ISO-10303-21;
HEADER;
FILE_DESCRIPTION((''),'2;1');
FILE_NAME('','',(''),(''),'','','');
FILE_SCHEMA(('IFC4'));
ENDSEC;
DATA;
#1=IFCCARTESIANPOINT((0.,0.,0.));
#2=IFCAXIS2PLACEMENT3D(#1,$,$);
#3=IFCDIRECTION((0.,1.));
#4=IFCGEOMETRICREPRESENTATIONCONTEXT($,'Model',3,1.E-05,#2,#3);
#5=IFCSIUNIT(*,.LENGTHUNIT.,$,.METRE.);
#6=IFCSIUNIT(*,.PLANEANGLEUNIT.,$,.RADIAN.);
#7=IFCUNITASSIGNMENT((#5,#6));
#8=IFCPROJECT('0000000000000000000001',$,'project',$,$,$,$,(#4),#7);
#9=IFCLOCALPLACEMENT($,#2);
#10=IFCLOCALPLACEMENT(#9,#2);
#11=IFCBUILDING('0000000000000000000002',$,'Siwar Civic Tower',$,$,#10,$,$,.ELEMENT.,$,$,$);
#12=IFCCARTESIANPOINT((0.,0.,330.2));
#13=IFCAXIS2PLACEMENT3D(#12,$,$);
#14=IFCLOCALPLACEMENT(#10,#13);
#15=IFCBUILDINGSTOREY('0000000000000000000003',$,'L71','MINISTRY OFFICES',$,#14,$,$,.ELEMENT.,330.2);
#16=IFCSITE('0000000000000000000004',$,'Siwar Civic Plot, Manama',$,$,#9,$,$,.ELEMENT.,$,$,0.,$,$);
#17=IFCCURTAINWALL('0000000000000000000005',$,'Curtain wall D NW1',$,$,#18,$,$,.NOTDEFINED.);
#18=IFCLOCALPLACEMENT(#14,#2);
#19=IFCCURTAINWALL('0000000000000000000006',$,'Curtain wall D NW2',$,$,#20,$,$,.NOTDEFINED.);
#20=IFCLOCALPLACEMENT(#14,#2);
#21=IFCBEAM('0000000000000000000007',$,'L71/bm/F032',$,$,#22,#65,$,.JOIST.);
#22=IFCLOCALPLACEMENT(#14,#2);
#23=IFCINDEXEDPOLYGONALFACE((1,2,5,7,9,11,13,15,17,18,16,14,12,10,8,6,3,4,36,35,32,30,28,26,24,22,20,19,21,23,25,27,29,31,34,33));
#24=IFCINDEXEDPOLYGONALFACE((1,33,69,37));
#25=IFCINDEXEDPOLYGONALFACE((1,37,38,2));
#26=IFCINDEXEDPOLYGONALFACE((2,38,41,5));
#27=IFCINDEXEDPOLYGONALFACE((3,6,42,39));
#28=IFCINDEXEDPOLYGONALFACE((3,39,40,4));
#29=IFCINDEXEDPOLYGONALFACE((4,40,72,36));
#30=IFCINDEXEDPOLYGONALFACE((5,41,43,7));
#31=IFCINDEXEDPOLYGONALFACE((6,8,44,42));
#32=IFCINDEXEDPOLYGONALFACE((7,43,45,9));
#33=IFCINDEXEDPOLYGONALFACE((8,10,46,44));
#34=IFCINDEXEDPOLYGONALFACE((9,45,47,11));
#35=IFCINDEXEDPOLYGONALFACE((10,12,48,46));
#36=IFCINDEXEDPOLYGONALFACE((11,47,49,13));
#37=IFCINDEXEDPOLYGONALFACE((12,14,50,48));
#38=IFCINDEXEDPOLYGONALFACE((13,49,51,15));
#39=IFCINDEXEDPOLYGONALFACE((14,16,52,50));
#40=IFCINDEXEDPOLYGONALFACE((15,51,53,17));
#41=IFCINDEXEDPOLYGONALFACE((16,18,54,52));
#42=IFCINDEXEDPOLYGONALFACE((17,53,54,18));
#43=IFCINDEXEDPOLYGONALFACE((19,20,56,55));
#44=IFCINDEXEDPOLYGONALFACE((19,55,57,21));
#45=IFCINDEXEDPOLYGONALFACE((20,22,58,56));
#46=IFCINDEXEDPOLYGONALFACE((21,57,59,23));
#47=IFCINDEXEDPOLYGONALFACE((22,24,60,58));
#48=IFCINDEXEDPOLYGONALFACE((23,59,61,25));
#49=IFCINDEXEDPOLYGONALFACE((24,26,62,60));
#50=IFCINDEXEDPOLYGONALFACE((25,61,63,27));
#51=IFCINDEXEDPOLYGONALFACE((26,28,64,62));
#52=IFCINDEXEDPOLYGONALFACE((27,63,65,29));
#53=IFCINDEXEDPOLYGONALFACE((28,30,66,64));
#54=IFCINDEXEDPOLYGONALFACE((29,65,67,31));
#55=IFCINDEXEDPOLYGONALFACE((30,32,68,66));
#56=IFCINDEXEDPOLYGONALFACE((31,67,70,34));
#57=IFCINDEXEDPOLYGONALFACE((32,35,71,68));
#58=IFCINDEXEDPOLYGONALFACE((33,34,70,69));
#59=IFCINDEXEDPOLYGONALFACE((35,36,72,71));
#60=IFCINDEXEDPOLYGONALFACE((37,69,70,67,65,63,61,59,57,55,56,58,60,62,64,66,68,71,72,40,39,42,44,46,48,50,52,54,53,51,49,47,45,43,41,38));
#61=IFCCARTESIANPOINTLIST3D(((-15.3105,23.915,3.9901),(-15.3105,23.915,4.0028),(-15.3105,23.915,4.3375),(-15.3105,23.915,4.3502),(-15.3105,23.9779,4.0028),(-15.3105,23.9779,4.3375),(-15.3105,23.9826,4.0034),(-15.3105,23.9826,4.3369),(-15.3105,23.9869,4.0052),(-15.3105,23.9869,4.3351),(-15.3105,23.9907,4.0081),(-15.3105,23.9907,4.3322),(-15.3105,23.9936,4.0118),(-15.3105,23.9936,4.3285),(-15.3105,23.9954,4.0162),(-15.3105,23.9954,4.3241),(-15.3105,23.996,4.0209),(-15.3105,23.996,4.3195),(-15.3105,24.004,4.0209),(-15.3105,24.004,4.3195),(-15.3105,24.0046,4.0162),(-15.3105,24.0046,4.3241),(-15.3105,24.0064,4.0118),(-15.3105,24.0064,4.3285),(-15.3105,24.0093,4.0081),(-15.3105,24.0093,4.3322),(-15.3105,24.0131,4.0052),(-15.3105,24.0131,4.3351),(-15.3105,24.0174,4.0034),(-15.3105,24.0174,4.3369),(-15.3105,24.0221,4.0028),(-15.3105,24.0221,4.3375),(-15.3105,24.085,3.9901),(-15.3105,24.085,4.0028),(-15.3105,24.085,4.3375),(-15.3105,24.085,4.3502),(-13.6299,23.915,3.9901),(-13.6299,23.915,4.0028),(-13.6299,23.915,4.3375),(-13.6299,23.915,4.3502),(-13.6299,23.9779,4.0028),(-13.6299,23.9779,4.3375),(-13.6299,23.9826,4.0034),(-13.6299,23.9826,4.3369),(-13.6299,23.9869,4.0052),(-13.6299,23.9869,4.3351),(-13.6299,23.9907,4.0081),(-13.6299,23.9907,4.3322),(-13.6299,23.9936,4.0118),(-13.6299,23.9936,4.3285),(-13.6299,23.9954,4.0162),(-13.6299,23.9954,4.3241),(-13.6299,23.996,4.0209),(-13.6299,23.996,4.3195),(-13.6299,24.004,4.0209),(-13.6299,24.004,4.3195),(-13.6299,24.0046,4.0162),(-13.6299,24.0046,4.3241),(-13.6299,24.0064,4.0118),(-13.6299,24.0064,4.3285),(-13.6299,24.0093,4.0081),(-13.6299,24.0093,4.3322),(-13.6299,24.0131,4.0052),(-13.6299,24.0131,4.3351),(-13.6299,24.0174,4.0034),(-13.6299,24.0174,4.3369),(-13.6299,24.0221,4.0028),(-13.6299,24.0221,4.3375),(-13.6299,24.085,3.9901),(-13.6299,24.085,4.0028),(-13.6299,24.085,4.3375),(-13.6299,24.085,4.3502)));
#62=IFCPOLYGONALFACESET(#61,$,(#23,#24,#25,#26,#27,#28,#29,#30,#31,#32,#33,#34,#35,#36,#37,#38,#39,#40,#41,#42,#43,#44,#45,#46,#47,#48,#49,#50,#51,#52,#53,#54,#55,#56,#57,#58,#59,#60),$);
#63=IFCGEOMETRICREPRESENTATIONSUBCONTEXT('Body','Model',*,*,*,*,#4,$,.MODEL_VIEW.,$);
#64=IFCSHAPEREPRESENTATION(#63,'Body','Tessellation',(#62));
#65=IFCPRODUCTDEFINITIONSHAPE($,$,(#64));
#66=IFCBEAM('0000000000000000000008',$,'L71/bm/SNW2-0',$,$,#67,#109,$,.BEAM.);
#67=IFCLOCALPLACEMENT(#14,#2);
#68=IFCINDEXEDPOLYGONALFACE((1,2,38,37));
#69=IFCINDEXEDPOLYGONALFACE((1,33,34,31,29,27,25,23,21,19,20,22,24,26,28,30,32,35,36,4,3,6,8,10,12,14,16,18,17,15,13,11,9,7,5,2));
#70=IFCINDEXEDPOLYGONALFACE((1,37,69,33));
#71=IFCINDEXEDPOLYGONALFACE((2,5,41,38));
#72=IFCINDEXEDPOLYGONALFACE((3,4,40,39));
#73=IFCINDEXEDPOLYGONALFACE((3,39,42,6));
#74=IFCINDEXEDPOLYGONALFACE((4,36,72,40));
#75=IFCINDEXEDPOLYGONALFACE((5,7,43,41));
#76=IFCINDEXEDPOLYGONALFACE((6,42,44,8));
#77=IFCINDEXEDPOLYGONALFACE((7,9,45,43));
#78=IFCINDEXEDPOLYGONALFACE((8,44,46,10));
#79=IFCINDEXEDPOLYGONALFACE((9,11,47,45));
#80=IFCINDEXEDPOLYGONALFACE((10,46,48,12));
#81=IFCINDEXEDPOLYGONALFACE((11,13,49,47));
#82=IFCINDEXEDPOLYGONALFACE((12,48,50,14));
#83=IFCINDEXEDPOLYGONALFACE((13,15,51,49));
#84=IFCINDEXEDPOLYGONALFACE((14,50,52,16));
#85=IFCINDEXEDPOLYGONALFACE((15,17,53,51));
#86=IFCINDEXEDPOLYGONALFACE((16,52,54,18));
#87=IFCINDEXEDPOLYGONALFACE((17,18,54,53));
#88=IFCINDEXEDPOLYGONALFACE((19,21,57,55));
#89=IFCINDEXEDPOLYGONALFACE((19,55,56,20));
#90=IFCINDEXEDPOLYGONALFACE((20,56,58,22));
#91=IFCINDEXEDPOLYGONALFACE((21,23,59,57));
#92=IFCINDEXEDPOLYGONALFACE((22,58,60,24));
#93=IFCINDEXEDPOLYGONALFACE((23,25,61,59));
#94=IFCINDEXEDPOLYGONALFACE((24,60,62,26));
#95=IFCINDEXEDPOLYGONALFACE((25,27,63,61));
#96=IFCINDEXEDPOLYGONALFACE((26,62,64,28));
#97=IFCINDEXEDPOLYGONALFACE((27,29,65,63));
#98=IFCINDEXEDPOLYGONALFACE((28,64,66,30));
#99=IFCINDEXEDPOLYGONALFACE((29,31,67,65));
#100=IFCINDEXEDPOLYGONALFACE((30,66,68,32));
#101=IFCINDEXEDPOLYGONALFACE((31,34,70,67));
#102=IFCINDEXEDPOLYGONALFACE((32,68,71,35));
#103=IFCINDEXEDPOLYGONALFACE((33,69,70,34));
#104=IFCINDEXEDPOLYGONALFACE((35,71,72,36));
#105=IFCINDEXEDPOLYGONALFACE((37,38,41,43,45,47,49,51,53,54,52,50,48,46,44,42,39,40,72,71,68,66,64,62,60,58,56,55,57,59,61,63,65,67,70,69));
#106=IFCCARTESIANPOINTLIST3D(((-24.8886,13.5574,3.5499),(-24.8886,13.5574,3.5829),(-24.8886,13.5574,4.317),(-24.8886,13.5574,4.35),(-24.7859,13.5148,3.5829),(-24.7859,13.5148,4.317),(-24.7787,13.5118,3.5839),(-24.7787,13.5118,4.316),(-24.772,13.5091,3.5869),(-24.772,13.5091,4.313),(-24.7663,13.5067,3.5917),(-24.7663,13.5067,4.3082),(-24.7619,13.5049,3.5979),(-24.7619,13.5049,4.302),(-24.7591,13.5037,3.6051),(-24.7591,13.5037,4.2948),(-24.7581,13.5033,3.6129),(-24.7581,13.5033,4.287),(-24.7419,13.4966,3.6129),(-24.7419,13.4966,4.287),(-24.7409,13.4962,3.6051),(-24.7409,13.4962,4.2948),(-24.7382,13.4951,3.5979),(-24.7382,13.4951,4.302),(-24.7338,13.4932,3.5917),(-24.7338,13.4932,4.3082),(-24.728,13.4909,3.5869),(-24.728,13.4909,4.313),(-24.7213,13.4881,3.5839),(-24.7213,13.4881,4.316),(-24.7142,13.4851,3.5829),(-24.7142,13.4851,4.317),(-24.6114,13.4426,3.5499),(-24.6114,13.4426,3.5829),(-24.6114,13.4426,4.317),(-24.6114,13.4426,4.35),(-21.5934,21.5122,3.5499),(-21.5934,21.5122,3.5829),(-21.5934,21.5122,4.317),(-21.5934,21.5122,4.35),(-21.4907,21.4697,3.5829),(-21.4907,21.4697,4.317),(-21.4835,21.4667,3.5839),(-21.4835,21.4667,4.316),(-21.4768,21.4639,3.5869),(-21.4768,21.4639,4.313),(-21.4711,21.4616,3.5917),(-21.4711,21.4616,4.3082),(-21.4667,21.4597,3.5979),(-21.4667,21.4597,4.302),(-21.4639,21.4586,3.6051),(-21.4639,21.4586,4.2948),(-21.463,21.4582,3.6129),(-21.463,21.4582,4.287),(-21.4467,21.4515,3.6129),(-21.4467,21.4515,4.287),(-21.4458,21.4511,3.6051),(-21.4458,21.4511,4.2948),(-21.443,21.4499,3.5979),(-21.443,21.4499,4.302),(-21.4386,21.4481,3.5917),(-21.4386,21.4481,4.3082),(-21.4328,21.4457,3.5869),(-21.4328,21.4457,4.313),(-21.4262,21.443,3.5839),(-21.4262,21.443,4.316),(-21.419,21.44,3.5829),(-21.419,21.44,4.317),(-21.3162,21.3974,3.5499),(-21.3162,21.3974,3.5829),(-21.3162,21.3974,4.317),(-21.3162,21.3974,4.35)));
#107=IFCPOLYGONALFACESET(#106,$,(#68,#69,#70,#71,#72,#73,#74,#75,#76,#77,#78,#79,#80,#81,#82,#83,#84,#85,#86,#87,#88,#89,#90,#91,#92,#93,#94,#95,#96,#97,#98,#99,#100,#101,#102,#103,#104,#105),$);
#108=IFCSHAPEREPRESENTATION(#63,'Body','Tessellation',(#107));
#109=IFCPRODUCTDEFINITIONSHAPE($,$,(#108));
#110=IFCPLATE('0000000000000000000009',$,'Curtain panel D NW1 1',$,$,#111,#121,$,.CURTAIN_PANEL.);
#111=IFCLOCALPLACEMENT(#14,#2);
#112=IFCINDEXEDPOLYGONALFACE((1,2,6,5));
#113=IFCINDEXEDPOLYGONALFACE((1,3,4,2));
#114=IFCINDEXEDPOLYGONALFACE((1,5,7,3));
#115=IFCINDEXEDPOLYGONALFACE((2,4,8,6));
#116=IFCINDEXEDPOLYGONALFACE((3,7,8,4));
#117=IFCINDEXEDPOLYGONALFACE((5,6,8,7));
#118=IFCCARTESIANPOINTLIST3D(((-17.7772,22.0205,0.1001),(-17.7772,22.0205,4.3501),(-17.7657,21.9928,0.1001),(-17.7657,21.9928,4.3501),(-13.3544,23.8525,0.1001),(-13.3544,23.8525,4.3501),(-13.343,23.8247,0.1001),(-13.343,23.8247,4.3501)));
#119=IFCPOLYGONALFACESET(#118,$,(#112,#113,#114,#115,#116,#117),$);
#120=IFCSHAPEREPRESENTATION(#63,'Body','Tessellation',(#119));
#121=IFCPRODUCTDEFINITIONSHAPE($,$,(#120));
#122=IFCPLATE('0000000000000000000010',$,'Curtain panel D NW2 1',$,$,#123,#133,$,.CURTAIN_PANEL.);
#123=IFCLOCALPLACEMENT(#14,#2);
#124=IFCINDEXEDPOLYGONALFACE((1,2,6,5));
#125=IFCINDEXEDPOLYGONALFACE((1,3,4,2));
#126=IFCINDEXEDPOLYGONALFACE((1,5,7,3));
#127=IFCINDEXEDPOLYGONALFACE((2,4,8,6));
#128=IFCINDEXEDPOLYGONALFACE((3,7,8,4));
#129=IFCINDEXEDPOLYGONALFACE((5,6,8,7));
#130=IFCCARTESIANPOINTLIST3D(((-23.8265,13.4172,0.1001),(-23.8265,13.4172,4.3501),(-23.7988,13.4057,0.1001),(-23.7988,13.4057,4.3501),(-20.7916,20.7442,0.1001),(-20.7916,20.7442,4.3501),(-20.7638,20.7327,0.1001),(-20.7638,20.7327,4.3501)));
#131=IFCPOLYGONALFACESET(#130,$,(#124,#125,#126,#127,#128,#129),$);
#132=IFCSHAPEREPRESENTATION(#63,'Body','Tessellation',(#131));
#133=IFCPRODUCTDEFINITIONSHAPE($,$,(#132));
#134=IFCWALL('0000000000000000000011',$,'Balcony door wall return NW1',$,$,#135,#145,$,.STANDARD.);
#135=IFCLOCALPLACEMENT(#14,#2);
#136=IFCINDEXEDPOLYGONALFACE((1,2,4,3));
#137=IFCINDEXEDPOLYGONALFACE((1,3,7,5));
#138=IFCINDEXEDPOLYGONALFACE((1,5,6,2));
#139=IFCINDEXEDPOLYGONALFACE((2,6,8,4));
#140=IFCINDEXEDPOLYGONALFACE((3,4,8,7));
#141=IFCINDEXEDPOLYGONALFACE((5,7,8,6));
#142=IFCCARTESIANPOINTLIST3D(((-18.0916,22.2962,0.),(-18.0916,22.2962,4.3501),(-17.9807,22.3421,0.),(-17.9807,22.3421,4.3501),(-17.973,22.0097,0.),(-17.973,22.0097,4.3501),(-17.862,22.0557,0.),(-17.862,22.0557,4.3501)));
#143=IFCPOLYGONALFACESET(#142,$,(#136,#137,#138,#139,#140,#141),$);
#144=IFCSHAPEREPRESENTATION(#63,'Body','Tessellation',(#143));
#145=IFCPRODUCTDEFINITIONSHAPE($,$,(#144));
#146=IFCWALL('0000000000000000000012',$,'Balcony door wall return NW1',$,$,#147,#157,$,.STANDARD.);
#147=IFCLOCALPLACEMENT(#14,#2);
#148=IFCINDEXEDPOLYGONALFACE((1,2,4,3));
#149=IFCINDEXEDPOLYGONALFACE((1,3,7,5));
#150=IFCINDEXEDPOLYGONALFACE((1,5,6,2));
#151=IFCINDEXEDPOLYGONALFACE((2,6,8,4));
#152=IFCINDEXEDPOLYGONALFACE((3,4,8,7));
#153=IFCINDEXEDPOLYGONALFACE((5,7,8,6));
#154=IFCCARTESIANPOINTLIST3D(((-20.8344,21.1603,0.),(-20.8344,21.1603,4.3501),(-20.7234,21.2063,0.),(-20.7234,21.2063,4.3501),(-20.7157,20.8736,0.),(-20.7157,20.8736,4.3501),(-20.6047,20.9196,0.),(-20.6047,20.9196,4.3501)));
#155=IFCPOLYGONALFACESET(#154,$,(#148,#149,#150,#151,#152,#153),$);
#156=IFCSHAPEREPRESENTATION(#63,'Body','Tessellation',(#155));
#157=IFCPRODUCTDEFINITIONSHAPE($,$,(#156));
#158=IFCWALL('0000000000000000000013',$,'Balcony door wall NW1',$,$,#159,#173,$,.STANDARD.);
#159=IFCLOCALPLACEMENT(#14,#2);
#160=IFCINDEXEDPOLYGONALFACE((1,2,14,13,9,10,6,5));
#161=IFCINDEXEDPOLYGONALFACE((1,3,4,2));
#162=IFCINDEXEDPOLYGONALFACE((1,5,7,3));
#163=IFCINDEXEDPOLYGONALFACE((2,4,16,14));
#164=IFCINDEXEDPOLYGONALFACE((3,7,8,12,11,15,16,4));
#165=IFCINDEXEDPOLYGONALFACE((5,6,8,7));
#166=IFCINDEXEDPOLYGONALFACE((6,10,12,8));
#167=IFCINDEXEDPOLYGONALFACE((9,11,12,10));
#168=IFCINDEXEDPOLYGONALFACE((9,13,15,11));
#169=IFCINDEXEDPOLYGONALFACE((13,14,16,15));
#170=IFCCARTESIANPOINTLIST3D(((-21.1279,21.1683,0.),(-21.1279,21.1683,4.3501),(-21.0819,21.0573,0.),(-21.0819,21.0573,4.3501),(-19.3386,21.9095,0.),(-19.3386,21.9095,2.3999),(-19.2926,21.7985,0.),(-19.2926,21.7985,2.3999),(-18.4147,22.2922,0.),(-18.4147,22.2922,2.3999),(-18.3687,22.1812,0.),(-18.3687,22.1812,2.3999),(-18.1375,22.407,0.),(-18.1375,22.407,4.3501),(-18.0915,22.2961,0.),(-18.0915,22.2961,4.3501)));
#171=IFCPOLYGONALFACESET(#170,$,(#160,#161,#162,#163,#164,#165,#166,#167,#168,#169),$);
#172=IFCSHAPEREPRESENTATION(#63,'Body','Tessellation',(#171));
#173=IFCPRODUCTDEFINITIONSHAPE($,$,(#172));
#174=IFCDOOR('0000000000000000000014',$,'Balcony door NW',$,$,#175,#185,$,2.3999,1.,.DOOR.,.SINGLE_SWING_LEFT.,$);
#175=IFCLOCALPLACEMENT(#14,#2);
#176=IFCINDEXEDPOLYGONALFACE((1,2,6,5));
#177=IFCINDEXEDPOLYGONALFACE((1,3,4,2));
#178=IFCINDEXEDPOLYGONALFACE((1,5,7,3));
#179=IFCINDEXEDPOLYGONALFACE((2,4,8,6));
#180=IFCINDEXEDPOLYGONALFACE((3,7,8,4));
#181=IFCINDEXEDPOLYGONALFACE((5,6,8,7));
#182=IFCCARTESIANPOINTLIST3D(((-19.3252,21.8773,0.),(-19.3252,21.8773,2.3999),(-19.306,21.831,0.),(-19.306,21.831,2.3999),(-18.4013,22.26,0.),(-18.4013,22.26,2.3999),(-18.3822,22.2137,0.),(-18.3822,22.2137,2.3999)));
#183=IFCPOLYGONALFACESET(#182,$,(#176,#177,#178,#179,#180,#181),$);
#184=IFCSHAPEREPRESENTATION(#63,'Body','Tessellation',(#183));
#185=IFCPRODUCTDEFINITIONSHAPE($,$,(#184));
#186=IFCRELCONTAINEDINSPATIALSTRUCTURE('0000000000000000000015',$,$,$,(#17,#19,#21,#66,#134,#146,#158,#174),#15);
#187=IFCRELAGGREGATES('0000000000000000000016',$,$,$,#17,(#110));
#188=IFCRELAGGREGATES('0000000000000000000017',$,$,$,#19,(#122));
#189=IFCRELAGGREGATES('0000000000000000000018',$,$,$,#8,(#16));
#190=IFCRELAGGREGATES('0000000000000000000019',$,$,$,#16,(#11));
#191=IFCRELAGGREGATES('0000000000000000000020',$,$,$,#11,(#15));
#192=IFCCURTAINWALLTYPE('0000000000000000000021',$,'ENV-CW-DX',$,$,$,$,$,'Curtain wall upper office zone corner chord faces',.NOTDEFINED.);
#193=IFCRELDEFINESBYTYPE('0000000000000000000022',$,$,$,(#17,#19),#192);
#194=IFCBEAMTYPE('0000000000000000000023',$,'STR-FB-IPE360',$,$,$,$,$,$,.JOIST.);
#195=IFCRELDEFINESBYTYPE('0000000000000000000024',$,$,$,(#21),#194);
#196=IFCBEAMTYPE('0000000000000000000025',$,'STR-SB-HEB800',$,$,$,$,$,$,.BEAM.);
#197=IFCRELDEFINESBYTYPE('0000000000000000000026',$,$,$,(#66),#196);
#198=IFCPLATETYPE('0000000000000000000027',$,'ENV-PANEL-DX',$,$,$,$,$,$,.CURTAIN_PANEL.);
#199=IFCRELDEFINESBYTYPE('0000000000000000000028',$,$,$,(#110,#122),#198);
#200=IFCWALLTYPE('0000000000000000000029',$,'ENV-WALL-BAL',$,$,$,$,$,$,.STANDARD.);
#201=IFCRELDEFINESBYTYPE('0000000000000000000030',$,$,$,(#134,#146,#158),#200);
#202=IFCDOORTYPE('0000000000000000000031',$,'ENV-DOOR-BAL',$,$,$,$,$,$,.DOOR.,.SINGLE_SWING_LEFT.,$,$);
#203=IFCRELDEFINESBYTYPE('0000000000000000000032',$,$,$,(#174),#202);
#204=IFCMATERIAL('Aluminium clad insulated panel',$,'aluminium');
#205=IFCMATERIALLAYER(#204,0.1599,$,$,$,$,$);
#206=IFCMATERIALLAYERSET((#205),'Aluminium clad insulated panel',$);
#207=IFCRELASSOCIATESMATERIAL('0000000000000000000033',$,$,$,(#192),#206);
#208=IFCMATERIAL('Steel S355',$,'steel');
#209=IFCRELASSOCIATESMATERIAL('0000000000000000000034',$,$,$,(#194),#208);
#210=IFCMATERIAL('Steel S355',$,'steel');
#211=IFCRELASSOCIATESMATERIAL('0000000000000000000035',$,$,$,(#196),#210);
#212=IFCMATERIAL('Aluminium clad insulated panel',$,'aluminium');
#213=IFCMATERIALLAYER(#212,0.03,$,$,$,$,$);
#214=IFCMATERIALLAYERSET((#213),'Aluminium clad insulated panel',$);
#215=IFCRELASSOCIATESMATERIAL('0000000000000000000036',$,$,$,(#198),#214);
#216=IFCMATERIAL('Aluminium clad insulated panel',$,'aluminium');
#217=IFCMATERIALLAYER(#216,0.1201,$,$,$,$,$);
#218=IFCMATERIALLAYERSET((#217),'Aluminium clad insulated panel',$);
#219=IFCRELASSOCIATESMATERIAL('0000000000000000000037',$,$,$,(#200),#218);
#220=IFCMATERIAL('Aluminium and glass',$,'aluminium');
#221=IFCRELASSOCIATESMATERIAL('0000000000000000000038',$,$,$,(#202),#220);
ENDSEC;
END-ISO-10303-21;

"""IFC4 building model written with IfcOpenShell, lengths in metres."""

from ifc_helpers import new_model, si_unit, direction, frame, frame_2d, origin, origin_2d, place, context, subcontext, project, spatial, rectangle, i_section, extrude, material, layer, layer_set, material_profile, profile_set, type_object, element, fill, aggregate, save


model = new_model("IFC4")

# Units and contexts
model_context = context("Model", 3, precision=1e-05, world=origin(), true_north=direction((0.0, 1.0)))
body_context = subcontext(model_context, "Body", "Model", "MODEL_VIEW")
ifc_project = project(units=[si_unit("LENGTHUNIT", "METRE"), si_unit("PLANEANGLEUNIT", "RADIAN")], contexts=[model_context])

# Site, building, storey
site_placement = place(None, origin())
site = spatial("IfcSite", under=ifc_project, at=site_placement, Name="Siwar Civic Plot, Manama", CompositionType="ELEMENT", RefElevation=0.0)
building_placement = place(site_placement, origin())
building = spatial("IfcBuilding", under=site, at=building_placement, Name="Siwar Civic Tower", CompositionType="ELEMENT")
storey_placement = place(building_placement, frame((0.0, 0.0, 330.2)))
storey = spatial("IfcBuildingStorey", under=building, at=storey_placement, Name="L71", Description="MINISTRY OFFICES", CompositionType="ELEMENT", Elevation=330.2)

# Curtain wall
ifc_material_1 = material(Name="Aluminium clad insulated panel", Category="aluminium")
ifc_layer_1 = layer(ifc_material_1, 0.1599)
ifc_layer_set_1 = layer_set([ifc_layer_1], Name="Aluminium clad insulated panel")
curtain_wall_type = type_object("IfcCurtainWallType", Name="ENV-CW-DX", ElementType="Curtain wall upper office zone corner chord faces", PredefinedType="NOTDEFINED", material=ifc_layer_set_1)
curtain_wall_1_placement = place(storey_placement, origin())
curtain_wall_1 = element("IfcCurtainWall", 1, at=curtain_wall_1_placement, inside=storey, type_object=curtain_wall_type, Name="Curtain wall D NW1", PredefinedType="NOTDEFINED")

# Curtain wall
curtain_wall_2_placement = place(storey_placement, origin())
curtain_wall_2 = element("IfcCurtainWall", 2, at=curtain_wall_2_placement, inside=storey, type_object=curtain_wall_type, Name="Curtain wall D NW2", PredefinedType="NOTDEFINED")

# Beams
ifc_material_2 = material(Name="Steel S355", Category="steel")
ifc_material_profile_1 = material_profile(ifc_material_2, i_section(OverallWidth=0.1699, OverallDepth=0.3601, WebThickness=0.0081, FlangeThickness=0.0127, FilletRadius=0.0181, at=origin_2d()), Name="IPE360")
ifc_profile_set_1 = profile_set([ifc_material_profile_1], Name="Steel S355")
beam_type_1 = type_object("IfcBeamType", Name="STR-FB-IPE360", PredefinedType="JOIST", material=ifc_profile_set_1)
beam_1_placement = place(storey_placement, frame((-15.3105, 24.0, 4.1702), z_axis=(1.0, 0.0, 0.0), x_axis=(0.0, 1.0, 0.0)))
element("IfcBeam", 3, at=beam_1_placement, inside=storey, type_object=beam_type_1, Name="L71/bm/F032", PredefinedType="JOIST", context=body_context, shape_type="SweptSolid", body=[
    extrude(i_section(OverallWidth=0.1699, OverallDepth=0.3601, WebThickness=0.0081, FlangeThickness=0.0127, FilletRadius=0.0181, at=origin_2d()), origin(), (0.0, 0.0, 1.0), 1.6807),
])
ifc_material_3 = material(Name="Steel S355", Category="steel")
ifc_material_profile_2 = material_profile(ifc_material_3, i_section(OverallWidth=0.3, OverallDepth=0.8, WebThickness=0.0176, FlangeThickness=0.033, FilletRadius=0.03, at=origin_2d()), Name="HEB800")
ifc_profile_set_2 = profile_set([ifc_material_profile_2], Name="Steel S355")
beam_type_2 = type_object("IfcBeamType", Name="STR-SB-HEB800", PredefinedType="BEAM", material=ifc_profile_set_2)
beam_2_placement = place(storey_placement, frame((-21.4548, 21.4548, 3.95), z_axis=(-0.3827, -0.923873, 0.0), x_axis=(0.923873, -0.3827, 0.0)))
element("IfcBeam", 4, at=beam_2_placement, inside=storey, type_object=beam_type_2, Name="L71/bm/SNW2-0", PredefinedType="BEAM", context=body_context, shape_type="SweptSolid", body=[
    extrude(i_section(OverallWidth=0.3, OverallDepth=0.8, WebThickness=0.0176, FlangeThickness=0.033, FilletRadius=0.03, at=origin_2d()), origin(), (0.0, 0.0, 1.0), 8.6104),
])

# Plates
ifc_material_4 = material(Name="Aluminium clad insulated panel", Category="aluminium")
ifc_layer_2 = layer(ifc_material_4, 0.03)
ifc_layer_set_2 = layer_set([ifc_layer_2], Name="Aluminium clad insulated panel")
plate_type = type_object("IfcPlateType", Name="ENV-PANEL-DX", PredefinedType="CURTAIN_PANEL", material=ifc_layer_set_2)
plate_1_placement = place(storey_placement, frame((-15.5601, 22.9226, 0.1001), z_axis=(0.0, 0.0, 1.0), x_axis=(-0.92388, -0.382683, 0.0)))
plate_1 = element("IfcPlate", 5, at=plate_1_placement, type_object=plate_type, Name="Curtain panel D NW1 1", PredefinedType="CURTAIN_PANEL", context=body_context, shape_type="SweptSolid", body=[
    extrude(rectangle(XDim=4.7871, YDim=0.03, at=origin_2d()), origin(), (0.0, 0.0, 1.0), 4.25),
])
aggregate(curtain_wall_1, [plate_1])
plate_2_placement = place(storey_placement, frame((-22.2952, 17.075, 0.1001), z_axis=(0.0, 0.0, 1.0), x_axis=(-0.382683, -0.92388, 0.0)))
plate_2 = element("IfcPlate", 6, at=plate_2_placement, type_object=plate_type, Name="Curtain panel D NW2 1", PredefinedType="CURTAIN_PANEL", context=body_context, shape_type="SweptSolid", body=[
    extrude(rectangle(XDim=7.9307, YDim=0.03, at=origin_2d()), origin(), (0.0, 0.0, 1.0), 4.25),
])
aggregate(curtain_wall_2, [plate_2])

# Walls
ifc_material_5 = material(Name="Aluminium clad insulated panel", Category="aluminium")
ifc_layer_3 = layer(ifc_material_5, 0.1201)
ifc_layer_set_3 = layer_set([ifc_layer_3], Name="Aluminium clad insulated panel")
wall_type = type_object("IfcWallType", Name="ENV-WALL-BAL", PredefinedType="STANDARD", material=ifc_layer_set_3)
wall_1_placement = place(storey_placement, frame((-17.9175, 22.0327, 0.0), z_axis=(0.0, 0.0, 1.0), x_axis=(-0.382769, 0.923844, 0.0)))
element("IfcWall", 7, at=wall_1_placement, inside=storey, type_object=wall_type, Name="Balcony door wall return NW1", PredefinedType="STANDARD", context=body_context, shape_type="SweptSolid", body=[
    extrude(rectangle(XDim=0.3101, YDim=0.1201, at=frame_2d((0.155, 0.0))), origin(), (0.0, 0.0, 1.0), 4.3501),
])
wall_2_placement = place(storey_placement, frame((-20.6602, 20.8965, 0.0), z_axis=(0.0, 0.0, 1.0), x_axis=(-0.382491, 0.923959, 0.0)))
element("IfcWall", 8, at=wall_2_placement, inside=storey, type_object=wall_type, Name="Balcony door wall return NW1", PredefinedType="STANDARD", context=body_context, shape_type="SweptSolid", body=[
    extrude(rectangle(XDim=0.3103, YDim=0.1201, at=frame_2d((0.1553, 0.0))), origin(), (0.0, 0.0, 1.0), 4.3501),
])

# Wall, opening, door
wall_3_placement = place(storey_placement, frame((-18.1145, 22.3516, 0.0), z_axis=(0.0, 0.0, 1.0), x_axis=(-0.923872, -0.382703, 0.0)))
wall_3 = element("IfcWall", 9, at=wall_3_placement, inside=storey, type_object=wall_type, Name="Balcony door wall NW1", PredefinedType="STANDARD", context=body_context, shape_type="SweptSolid", body=[
    extrude(rectangle(XDim=3.2368, YDim=0.1201, at=frame_2d((1.6184, 0.0))), origin(), (0.0, 0.0, 1.0), 4.3501),
])
opening_placement = place(wall_3_placement, frame((0.3, 0.0, 0.0)))
opening = element("IfcOpeningElement", 10, at=opening_placement, cuts=wall_3, PredefinedType="OPENING", context=body_context, shape_type="SweptSolid", body=[
    extrude(rectangle(XDim=1.0, YDim=2.3999, at=frame_2d((0.5, 1.2))), frame((0.0, 0.0701, 0.0), z_axis=(0.0, -1.0, 0.0), x_axis=(1.0, 0.0, 0.0)), (0.0, 0.0, 1.0), 0.1401),
])
ifc_material_6 = material(Name="Aluminium and glass", Category="aluminium")
door_type = type_object("IfcDoorType", Name="ENV-DOOR-BAL", OperationType="SINGLE_SWING_LEFT", PredefinedType="DOOR", material=ifc_material_6)
door_placement = place(opening_placement, origin())
door = element("IfcDoor", 11, at=door_placement, inside=storey, type_object=door_type, Name="Balcony door NW", OperationType="SINGLE_SWING_LEFT", OverallHeight=2.3999, OverallWidth=1.0, PredefinedType="DOOR", context=body_context, shape_type="SweptSolid", body=[
    extrude(rectangle(XDim=1.0, YDim=2.3999, at=frame_2d((0.5, 1.2))), frame((0.0, 0.0249, 0.0), z_axis=(0.0, -1.0, 0.0), x_axis=(1.0, 0.0, 0.0)), (0.0, 0.0, 1.0), 0.05),
])
fill(opening, door)

save(model, "model.ifc")
